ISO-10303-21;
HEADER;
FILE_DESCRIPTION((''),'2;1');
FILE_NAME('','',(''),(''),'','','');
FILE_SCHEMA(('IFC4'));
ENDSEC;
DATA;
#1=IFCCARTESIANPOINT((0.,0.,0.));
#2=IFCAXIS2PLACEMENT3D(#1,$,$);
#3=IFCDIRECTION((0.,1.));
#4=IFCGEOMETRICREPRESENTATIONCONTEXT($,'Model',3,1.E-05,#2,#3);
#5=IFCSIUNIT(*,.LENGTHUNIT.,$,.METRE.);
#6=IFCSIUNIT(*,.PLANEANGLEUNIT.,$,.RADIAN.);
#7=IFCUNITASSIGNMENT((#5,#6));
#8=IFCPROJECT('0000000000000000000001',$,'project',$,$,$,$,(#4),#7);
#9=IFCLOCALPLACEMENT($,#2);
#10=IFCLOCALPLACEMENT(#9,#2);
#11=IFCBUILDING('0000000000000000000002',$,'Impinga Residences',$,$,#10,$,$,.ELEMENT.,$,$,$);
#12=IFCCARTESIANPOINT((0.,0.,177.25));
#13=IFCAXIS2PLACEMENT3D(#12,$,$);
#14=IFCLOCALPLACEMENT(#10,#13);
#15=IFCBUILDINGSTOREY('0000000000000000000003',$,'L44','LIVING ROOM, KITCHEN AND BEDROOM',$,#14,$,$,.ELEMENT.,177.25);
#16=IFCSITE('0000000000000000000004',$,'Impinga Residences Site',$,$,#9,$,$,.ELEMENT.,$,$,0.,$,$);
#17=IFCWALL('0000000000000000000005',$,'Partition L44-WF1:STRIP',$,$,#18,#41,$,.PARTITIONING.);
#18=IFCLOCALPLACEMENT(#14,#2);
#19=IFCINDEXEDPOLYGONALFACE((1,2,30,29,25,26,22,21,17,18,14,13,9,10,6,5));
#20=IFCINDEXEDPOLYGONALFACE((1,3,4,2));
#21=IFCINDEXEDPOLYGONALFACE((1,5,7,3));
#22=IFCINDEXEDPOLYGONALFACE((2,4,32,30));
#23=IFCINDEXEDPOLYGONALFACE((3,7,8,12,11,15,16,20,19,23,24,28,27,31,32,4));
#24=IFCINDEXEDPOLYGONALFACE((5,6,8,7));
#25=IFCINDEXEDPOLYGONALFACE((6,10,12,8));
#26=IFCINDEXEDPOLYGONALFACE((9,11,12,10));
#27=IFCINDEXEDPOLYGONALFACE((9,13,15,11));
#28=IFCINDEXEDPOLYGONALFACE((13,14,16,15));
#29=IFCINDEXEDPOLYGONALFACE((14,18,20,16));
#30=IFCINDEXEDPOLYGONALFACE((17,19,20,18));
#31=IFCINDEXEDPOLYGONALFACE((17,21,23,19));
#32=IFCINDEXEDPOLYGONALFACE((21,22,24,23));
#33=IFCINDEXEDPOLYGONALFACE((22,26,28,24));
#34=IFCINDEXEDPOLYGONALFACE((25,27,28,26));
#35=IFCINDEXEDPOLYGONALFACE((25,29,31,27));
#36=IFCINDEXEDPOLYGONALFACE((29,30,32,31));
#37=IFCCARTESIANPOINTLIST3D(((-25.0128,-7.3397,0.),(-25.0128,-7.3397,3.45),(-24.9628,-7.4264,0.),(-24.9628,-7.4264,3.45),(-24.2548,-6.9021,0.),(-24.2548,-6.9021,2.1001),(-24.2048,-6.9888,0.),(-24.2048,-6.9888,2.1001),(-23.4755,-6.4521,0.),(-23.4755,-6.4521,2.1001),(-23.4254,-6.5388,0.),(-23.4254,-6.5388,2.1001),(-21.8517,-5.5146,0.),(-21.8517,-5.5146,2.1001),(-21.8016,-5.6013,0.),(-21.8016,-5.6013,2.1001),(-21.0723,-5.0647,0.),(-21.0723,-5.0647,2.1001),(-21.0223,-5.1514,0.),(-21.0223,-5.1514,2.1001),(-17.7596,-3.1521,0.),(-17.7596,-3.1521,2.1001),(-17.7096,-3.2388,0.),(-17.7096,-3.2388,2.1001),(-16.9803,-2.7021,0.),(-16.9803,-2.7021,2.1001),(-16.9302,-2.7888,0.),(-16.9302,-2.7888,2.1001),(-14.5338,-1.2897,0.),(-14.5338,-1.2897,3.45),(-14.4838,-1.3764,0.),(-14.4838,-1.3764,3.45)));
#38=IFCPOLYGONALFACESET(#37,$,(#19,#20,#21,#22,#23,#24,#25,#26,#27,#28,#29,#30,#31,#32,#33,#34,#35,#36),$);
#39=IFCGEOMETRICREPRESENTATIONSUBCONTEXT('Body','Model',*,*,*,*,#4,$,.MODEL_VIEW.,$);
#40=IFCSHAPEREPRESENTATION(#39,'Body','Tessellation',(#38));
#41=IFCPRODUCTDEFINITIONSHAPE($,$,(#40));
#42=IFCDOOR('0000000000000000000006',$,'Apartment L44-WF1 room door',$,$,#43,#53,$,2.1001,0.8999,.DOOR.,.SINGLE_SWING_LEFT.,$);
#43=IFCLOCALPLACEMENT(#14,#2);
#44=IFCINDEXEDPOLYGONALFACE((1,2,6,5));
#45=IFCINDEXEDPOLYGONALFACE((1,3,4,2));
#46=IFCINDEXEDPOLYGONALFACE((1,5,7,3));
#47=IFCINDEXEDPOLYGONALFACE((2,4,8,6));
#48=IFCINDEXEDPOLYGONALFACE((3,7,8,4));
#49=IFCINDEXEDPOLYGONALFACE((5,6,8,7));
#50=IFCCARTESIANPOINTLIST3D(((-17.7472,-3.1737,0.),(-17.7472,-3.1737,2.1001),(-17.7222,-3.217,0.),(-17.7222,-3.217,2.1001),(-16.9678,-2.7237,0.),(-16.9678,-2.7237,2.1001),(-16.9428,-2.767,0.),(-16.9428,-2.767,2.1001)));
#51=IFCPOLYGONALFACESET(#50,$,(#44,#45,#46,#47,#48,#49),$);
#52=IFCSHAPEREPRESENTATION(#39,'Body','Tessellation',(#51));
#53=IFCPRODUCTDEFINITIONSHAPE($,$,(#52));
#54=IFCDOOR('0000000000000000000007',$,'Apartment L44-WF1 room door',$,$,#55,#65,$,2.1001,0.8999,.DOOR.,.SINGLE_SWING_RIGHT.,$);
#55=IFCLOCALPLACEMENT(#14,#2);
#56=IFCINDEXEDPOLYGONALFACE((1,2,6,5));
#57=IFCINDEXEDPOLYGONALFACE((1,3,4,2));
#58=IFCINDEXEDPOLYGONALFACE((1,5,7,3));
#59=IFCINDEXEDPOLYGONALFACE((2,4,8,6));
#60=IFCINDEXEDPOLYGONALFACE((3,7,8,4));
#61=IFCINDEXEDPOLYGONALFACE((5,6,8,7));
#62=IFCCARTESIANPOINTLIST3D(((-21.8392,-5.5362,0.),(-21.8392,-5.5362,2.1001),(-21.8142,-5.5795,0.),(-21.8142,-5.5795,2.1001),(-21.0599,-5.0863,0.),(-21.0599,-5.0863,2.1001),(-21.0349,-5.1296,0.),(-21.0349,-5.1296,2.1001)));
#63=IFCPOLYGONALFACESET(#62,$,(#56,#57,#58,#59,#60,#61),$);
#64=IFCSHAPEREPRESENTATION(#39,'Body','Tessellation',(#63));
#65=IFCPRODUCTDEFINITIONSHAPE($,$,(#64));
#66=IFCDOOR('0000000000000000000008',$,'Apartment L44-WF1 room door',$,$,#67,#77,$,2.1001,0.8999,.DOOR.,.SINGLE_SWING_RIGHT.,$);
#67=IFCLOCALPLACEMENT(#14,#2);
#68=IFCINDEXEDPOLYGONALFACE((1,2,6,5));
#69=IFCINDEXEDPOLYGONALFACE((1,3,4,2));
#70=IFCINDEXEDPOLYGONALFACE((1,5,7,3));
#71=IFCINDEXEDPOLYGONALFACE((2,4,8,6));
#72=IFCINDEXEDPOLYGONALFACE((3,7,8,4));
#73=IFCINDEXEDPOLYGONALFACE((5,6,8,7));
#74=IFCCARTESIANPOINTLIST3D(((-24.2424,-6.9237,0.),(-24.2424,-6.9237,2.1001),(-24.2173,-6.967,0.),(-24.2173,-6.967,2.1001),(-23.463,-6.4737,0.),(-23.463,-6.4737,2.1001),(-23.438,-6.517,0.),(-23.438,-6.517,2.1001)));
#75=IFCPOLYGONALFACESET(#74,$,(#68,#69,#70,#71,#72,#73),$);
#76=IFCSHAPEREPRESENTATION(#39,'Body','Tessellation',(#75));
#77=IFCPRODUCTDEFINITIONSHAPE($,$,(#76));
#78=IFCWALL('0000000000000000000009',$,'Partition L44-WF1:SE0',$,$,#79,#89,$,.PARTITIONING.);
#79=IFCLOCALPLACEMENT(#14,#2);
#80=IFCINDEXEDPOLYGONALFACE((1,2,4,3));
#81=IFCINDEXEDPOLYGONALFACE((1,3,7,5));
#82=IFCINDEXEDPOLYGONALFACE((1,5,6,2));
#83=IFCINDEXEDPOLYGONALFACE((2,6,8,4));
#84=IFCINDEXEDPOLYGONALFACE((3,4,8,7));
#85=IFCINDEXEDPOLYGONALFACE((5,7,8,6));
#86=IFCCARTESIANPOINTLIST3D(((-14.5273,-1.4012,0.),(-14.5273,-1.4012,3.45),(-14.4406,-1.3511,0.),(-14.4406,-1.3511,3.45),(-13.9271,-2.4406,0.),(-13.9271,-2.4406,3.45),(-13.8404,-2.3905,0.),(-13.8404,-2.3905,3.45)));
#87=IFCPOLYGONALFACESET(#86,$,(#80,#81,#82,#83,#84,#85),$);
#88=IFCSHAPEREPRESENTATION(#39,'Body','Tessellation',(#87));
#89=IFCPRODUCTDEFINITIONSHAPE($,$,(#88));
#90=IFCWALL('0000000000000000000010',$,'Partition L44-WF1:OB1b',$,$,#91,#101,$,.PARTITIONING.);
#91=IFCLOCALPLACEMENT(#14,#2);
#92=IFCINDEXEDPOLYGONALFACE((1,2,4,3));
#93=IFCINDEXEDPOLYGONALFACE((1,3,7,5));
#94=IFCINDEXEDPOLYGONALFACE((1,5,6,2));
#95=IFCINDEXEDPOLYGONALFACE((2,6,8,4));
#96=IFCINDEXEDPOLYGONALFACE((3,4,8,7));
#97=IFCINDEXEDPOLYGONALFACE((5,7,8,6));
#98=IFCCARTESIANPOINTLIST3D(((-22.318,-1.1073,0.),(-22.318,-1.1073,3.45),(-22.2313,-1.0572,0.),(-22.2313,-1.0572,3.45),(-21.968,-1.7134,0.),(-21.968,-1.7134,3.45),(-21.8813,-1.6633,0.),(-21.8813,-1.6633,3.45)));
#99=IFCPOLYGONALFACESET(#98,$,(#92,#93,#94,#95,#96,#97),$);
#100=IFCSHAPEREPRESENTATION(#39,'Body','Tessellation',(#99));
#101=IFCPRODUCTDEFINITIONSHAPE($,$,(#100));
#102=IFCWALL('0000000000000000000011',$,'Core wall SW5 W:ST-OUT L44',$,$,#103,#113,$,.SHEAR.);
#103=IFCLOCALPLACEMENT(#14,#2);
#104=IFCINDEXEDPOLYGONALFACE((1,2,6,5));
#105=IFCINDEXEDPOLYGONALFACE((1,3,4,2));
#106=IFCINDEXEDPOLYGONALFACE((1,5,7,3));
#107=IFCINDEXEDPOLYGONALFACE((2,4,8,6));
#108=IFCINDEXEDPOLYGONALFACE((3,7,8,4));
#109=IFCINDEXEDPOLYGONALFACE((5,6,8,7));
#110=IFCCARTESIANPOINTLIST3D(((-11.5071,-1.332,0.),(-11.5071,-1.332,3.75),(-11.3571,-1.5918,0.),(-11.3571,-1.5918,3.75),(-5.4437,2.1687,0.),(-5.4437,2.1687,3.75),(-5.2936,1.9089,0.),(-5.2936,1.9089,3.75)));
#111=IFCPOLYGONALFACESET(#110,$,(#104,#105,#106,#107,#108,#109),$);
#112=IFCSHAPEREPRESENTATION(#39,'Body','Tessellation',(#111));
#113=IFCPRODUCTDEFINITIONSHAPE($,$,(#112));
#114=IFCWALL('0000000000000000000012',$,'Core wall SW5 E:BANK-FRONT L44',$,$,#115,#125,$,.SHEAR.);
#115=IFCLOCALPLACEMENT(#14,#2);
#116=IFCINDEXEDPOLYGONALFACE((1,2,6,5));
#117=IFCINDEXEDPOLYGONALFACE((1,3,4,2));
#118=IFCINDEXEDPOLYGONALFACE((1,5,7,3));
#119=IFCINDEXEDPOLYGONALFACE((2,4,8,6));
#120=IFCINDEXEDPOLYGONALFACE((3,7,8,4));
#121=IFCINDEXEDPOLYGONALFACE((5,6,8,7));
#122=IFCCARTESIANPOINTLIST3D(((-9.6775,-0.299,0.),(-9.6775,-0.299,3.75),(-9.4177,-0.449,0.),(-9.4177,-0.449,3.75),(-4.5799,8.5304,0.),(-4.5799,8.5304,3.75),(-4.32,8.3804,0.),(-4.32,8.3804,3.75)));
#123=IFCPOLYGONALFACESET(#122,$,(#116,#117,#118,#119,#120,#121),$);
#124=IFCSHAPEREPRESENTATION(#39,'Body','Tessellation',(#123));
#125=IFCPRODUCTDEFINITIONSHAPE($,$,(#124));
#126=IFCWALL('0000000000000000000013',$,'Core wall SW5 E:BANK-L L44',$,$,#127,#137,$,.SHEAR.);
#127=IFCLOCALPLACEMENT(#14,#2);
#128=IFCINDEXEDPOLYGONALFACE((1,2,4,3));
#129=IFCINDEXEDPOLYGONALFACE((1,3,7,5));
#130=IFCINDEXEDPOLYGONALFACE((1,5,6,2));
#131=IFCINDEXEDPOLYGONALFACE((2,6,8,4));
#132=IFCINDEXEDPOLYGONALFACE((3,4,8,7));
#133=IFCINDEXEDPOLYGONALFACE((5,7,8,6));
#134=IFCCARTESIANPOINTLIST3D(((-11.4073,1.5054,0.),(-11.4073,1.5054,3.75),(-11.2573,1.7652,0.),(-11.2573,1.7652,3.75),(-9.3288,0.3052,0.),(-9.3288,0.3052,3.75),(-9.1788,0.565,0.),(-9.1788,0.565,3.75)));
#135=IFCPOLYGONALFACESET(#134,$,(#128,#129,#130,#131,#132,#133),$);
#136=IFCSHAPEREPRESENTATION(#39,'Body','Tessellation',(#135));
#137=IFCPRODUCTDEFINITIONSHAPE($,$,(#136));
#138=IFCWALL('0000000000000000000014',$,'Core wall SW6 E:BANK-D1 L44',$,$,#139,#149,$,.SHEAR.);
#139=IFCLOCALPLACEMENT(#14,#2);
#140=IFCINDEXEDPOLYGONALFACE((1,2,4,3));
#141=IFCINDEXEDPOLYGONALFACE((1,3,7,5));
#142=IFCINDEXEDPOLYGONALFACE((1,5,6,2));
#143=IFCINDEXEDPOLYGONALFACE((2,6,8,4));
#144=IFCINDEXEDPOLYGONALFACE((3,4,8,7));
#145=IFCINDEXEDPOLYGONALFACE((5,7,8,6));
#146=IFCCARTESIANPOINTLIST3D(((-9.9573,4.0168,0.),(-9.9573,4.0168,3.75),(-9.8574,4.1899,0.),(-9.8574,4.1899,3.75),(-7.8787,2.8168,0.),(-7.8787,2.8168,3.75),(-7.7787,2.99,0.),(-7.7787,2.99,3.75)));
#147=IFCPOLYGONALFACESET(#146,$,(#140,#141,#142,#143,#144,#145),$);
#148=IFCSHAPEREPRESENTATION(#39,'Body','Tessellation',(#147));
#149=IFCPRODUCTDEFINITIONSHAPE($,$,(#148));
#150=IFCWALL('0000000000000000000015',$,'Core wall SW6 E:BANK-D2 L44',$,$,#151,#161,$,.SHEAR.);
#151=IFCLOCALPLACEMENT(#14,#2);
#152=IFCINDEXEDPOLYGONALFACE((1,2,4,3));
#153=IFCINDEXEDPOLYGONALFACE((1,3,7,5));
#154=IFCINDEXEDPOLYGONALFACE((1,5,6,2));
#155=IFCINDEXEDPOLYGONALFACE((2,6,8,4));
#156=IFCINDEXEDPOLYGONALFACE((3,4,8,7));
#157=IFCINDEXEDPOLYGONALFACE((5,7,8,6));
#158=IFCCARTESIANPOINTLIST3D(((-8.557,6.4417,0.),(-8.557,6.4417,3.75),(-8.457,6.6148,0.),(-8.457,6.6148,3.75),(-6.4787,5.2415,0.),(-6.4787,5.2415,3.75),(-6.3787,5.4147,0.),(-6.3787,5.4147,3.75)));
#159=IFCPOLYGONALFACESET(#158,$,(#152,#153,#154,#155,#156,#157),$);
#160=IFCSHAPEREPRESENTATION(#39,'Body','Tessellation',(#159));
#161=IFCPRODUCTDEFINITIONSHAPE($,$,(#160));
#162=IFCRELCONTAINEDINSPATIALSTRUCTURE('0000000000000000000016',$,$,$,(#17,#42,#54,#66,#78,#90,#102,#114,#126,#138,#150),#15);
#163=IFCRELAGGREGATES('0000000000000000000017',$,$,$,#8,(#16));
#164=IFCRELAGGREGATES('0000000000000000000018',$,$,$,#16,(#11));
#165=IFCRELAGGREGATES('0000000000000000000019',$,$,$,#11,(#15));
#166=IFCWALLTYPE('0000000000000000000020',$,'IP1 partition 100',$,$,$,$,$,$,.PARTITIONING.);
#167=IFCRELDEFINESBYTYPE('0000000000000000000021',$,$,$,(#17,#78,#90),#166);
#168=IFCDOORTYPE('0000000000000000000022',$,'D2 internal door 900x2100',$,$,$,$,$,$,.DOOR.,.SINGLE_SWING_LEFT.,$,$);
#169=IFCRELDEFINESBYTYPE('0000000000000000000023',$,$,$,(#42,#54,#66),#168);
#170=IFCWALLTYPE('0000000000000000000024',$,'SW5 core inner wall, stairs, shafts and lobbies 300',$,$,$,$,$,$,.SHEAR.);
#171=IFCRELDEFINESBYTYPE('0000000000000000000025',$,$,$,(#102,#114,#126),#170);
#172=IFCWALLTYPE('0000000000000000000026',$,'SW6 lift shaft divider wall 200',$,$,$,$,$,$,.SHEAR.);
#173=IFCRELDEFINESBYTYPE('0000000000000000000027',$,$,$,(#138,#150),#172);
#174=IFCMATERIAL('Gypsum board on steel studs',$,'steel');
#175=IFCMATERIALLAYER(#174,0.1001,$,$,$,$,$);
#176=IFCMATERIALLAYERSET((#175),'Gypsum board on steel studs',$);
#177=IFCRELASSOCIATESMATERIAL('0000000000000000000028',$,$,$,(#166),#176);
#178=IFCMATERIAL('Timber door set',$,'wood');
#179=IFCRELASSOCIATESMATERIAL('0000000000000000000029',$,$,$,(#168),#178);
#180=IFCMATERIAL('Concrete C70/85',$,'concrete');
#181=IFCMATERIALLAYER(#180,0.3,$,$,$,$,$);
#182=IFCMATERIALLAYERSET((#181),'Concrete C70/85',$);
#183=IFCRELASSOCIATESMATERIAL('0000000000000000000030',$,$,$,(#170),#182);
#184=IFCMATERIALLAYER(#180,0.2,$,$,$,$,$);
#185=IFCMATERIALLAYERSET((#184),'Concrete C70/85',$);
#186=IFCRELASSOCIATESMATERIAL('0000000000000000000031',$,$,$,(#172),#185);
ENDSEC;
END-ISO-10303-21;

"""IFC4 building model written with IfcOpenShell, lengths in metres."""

from ifc_helpers import new_model, si_unit, direction, frame, frame_2d, origin, place, context, subcontext, project, spatial, rectangle, extrude, material, layer, layer_set, type_object, element, fill, save


model = new_model("IFC4")

# Units and contexts
model_context = context("Model", 3, precision=1e-05, world=origin(), true_north=direction((0.0, 1.0)))
body_context = subcontext(model_context, "Body", "Model", "MODEL_VIEW")
ifc_project = project(units=[si_unit("LENGTHUNIT", "METRE"), si_unit("PLANEANGLEUNIT", "RADIAN")], contexts=[model_context])

# Site, building, storey
site_placement = place(None, origin())
site = spatial("IfcSite", under=ifc_project, at=site_placement, Name="Impinga Residences Site", CompositionType="ELEMENT", RefElevation=0.0)
building_placement = place(site_placement, origin())
building = spatial("IfcBuilding", under=site, at=building_placement, Name="Impinga Residences", CompositionType="ELEMENT")
storey_placement = place(building_placement, frame((0.0, 0.0, 177.25)))
storey = spatial("IfcBuildingStorey", under=building, at=storey_placement, Name="L44", Description="LIVING ROOM, KITCHEN AND BEDROOM", CompositionType="ELEMENT", Elevation=177.25)

# Shared definitions
ifc_material_1 = material(Name="Timber door set", Category="wood")

# Shared definitions
ifc_material_2 = material(Name="Gypsum board on steel studs", Category="steel")
ifc_layer_1 = layer(ifc_material_2, 0.1001)
ifc_layer_set_1 = layer_set([ifc_layer_1], Name="Gypsum board on steel studs")
wall_type_1 = type_object("IfcWallType", Name="IP1 partition 100", PredefinedType="PARTITIONING", material=ifc_layer_set_1)

# Wall, openings, doors
wall_1_placement = place(storey_placement, frame((-14.5088, -1.333, 0.0), z_axis=(0.0, 0.0, 1.0), x_axis=(-0.866026, -0.5, 0.0)))
wall_1 = element("IfcWall", 1, at=wall_1_placement, inside=storey, type_object=wall_type_1, Name="Partition L44-WF1:STRIP", PredefinedType="PARTITIONING", context=body_context, shape_type="SweptSolid", body=[
    extrude(rectangle(XDim=12.1001, YDim=0.1001, at=frame_2d((6.05, 0.0))), origin(), (0.0, 0.0, 1.0), 3.45),
])
opening_1_placement = place(wall_1_placement, frame((2.825, 0.0, 0.0)))
opening_1 = element("IfcOpeningElement", 2, at=opening_1_placement, cuts=wall_1, PredefinedType="OPENING", context=body_context, shape_type="SweptSolid", body=[
    extrude(rectangle(XDim=0.8999, YDim=2.1001, at=frame_2d((0.45, 1.05))), frame((0.0, 0.0601, 0.0), z_axis=(0.0, -1.0, 0.0), x_axis=(1.0, 0.0, 0.0)), (0.0, 0.0, 1.0), 0.1201),
])
opening_2_placement = place(wall_1_placement, frame((7.55, 0.0, 0.0)))
opening_2 = element("IfcOpeningElement", 3, at=opening_2_placement, cuts=wall_1, PredefinedType="OPENING", context=body_context, shape_type="SweptSolid", body=[
    extrude(rectangle(XDim=0.8999, YDim=2.1001, at=frame_2d((0.45, 1.05))), frame((0.0, 0.0601, 0.0), z_axis=(0.0, -1.0, 0.0), x_axis=(1.0, 0.0, 0.0)), (0.0, 0.0, 1.0), 0.1201),
])
opening_3_placement = place(wall_1_placement, frame((10.325, 0.0, 0.0)))
opening_3 = element("IfcOpeningElement", 4, at=opening_3_placement, cuts=wall_1, PredefinedType="OPENING", context=body_context, shape_type="SweptSolid", body=[
    extrude(rectangle(XDim=0.8999, YDim=2.1001, at=frame_2d((0.45, 1.05))), frame((0.0, 0.0601, 0.0), z_axis=(0.0, -1.0, 0.0), x_axis=(1.0, 0.0, 0.0)), (0.0, 0.0, 1.0), 0.1201),
])
door_type_1 = type_object("IfcDoorType", Name="D2 internal door 900x2100", OperationType="SINGLE_SWING_LEFT", PredefinedType="DOOR", material=ifc_material_1)
door_1_placement = place(opening_1_placement, origin())
door_1 = element("IfcDoor", 5, at=door_1_placement, inside=storey, type_object=door_type_1, Name="Apartment L44-WF1 room door", OperationType="SINGLE_SWING_LEFT", OverallHeight=2.1001, OverallWidth=0.8999, PredefinedType="DOOR", context=body_context, shape_type="SweptSolid", body=[
    extrude(rectangle(XDim=0.8999, YDim=2.1001, at=frame_2d((0.45, 1.05))), frame((0.0, 0.0249, 0.0), z_axis=(0.0, -1.0, 0.0), x_axis=(1.0, 0.0, 0.0)), (0.0, 0.0, 1.0), 0.05),
])
fill(opening_1, door_1)
door_2_placement = place(opening_2_placement, origin())
door_2 = element("IfcDoor", 6, at=door_2_placement, inside=storey, type_object=door_type_1, Name="Apartment L44-WF1 room door", OperationType="SINGLE_SWING_RIGHT", OverallHeight=2.1001, OverallWidth=0.8999, PredefinedType="DOOR", context=body_context, shape_type="SweptSolid", body=[
    extrude(rectangle(XDim=0.8999, YDim=2.1001, at=frame_2d((0.45, 1.05))), frame((0.0, 0.0249, 0.0), z_axis=(0.0, -1.0, 0.0), x_axis=(1.0, 0.0, 0.0)), (0.0, 0.0, 1.0), 0.05),
])
fill(opening_2, door_2)
door_3_placement = place(opening_3_placement, origin())
door_3 = element("IfcDoor", 7, at=door_3_placement, inside=storey, type_object=door_type_1, Name="Apartment L44-WF1 room door", OperationType="SINGLE_SWING_RIGHT", OverallHeight=2.1001, OverallWidth=0.8999, PredefinedType="DOOR", context=body_context, shape_type="SweptSolid", body=[
    extrude(rectangle(XDim=0.8999, YDim=2.1001, at=frame_2d((0.45, 1.05))), frame((0.0, 0.0249, 0.0), z_axis=(0.0, -1.0, 0.0), x_axis=(1.0, 0.0, 0.0)), (0.0, 0.0, 1.0), 0.05),
])
fill(opening_3, door_3)

# Walls
wall_2_placement = place(storey_placement, frame((-13.8838, -2.4155, 0.0), z_axis=(0.0, 0.0, 1.0), x_axis=(-0.500034, 0.866006, 0.0)))
element("IfcWall", 8, at=wall_2_placement, inside=storey, type_object=wall_type_1, Name="Partition L44-WF1:SE0", PredefinedType="PARTITIONING", context=body_context, shape_type="SweptSolid", body=[
    extrude(rectangle(XDim=1.2002, YDim=0.1001, at=frame_2d((0.6001, 0.0))), origin(), (0.0, 0.0, 1.0), 3.45),
])
wall_3_placement = place(storey_placement, frame((-21.9246, -1.6885, 0.0), z_axis=(0.0, 0.0, 1.0), x_axis=(-0.500115, 0.865959, 0.0)))
element("IfcWall", 9, at=wall_3_placement, inside=storey, type_object=wall_type_1, Name="Partition L44-WF1:OB1b", PredefinedType="PARTITIONING", context=body_context, shape_type="SweptSolid", body=[
    extrude(rectangle(XDim=0.7, YDim=0.1001, at=frame_2d((0.3501, 0.0))), origin(), (0.0, 0.0, 1.0), 3.45),
])
ifc_material_3 = material(Name="Concrete C70/85", Category="concrete")
ifc_layer_2 = layer(ifc_material_3, 0.3)
ifc_layer_set_2 = layer_set([ifc_layer_2], Name="Concrete C70/85")
wall_type_2 = type_object("IfcWallType", Name="SW5 core inner wall, stairs, shafts and lobbies 300", PredefinedType="SHEAR", material=ifc_layer_set_2)
wall_4_placement = place(storey_placement, frame((-5.3687, 2.0388, 0.0), z_axis=(0.0, 0.0, 1.0), x_axis=(-0.866026, -0.499998, 0.0)))
element("IfcWall", 10, at=wall_4_placement, inside=storey, type_object=wall_type_2, Name="Core wall SW5 W:ST-OUT L44", PredefinedType="SHEAR", context=body_context, shape_type="SweptSolid", body=[
    extrude(rectangle(XDim=7.0015, YDim=0.3, at=frame_2d((3.5007, 0.0))), origin(), (0.0, 0.0, 1.0), 3.75),
])
wall_5_placement = place(storey_placement, frame((-9.5476, -0.374, 0.0), z_axis=(0.0, 0.0, 1.0), x_axis=(0.500002, 0.866024, 0.0)))
element("IfcWall", 11, at=wall_5_placement, inside=storey, type_object=wall_type_2, Name="Core wall SW5 E:BANK-FRONT L44", PredefinedType="SHEAR", context=body_context, shape_type="SweptSolid", body=[
    extrude(rectangle(XDim=10.1953, YDim=0.3, at=frame_2d((5.0977, 0.0))), origin(), (0.0, 0.0, 1.0), 3.75),
])
wall_6_placement = place(storey_placement, frame((-9.2537, 0.4351, 0.0), z_axis=(0.0, 0.0, 1.0), x_axis=(-0.866006, 0.500034, 0.0)))
element("IfcWall", 12, at=wall_6_placement, inside=storey, type_object=wall_type_2, Name="Core wall SW5 E:BANK-L L44", PredefinedType="SHEAR", context=body_context, shape_type="SweptSolid", body=[
    extrude(rectangle(XDim=2.4001, YDim=0.3, at=frame_2d((1.2002, 0.0))), origin(), (0.0, 0.0, 1.0), 3.75),
])
ifc_layer_3 = layer(ifc_material_3, 0.2)
ifc_layer_set_3 = layer_set([ifc_layer_3], Name="Concrete C70/85")
wall_type_3 = type_object("IfcWallType", Name="SW6 lift shaft divider wall 200", PredefinedType="SHEAR", material=ifc_layer_set_3)
wall_7_placement = place(storey_placement, frame((-7.8286, 2.9033, 0.0), z_axis=(0.0, 0.0, 1.0), x_axis=(-0.86605, 0.499957, 0.0)))
element("IfcWall", 13, at=wall_7_placement, inside=storey, type_object=wall_type_3, Name="Core wall SW6 E:BANK-D1 L44", PredefinedType="SHEAR", context=body_context, shape_type="SweptSolid", body=[
    extrude(rectangle(XDim=2.4001, YDim=0.2, at=frame_2d((1.2002, 0.0))), origin(), (0.0, 0.0, 1.0), 3.75),
])
wall_8_placement = place(storey_placement, frame((-6.4287, 5.3281, 0.0), z_axis=(0.0, 0.0, 1.0), x_axis=(-0.865981, 0.500078, 0.0)))
element("IfcWall", 14, at=wall_8_placement, inside=storey, type_object=wall_type_3, Name="Core wall SW6 E:BANK-D2 L44", PredefinedType="SHEAR", context=body_context, shape_type="SweptSolid", body=[
    extrude(rectangle(XDim=2.3999, YDim=0.2, at=frame_2d((1.2, 0.0))), origin(), (0.0, 0.0, 1.0), 3.75),
])

save(model, "model.ifc")
